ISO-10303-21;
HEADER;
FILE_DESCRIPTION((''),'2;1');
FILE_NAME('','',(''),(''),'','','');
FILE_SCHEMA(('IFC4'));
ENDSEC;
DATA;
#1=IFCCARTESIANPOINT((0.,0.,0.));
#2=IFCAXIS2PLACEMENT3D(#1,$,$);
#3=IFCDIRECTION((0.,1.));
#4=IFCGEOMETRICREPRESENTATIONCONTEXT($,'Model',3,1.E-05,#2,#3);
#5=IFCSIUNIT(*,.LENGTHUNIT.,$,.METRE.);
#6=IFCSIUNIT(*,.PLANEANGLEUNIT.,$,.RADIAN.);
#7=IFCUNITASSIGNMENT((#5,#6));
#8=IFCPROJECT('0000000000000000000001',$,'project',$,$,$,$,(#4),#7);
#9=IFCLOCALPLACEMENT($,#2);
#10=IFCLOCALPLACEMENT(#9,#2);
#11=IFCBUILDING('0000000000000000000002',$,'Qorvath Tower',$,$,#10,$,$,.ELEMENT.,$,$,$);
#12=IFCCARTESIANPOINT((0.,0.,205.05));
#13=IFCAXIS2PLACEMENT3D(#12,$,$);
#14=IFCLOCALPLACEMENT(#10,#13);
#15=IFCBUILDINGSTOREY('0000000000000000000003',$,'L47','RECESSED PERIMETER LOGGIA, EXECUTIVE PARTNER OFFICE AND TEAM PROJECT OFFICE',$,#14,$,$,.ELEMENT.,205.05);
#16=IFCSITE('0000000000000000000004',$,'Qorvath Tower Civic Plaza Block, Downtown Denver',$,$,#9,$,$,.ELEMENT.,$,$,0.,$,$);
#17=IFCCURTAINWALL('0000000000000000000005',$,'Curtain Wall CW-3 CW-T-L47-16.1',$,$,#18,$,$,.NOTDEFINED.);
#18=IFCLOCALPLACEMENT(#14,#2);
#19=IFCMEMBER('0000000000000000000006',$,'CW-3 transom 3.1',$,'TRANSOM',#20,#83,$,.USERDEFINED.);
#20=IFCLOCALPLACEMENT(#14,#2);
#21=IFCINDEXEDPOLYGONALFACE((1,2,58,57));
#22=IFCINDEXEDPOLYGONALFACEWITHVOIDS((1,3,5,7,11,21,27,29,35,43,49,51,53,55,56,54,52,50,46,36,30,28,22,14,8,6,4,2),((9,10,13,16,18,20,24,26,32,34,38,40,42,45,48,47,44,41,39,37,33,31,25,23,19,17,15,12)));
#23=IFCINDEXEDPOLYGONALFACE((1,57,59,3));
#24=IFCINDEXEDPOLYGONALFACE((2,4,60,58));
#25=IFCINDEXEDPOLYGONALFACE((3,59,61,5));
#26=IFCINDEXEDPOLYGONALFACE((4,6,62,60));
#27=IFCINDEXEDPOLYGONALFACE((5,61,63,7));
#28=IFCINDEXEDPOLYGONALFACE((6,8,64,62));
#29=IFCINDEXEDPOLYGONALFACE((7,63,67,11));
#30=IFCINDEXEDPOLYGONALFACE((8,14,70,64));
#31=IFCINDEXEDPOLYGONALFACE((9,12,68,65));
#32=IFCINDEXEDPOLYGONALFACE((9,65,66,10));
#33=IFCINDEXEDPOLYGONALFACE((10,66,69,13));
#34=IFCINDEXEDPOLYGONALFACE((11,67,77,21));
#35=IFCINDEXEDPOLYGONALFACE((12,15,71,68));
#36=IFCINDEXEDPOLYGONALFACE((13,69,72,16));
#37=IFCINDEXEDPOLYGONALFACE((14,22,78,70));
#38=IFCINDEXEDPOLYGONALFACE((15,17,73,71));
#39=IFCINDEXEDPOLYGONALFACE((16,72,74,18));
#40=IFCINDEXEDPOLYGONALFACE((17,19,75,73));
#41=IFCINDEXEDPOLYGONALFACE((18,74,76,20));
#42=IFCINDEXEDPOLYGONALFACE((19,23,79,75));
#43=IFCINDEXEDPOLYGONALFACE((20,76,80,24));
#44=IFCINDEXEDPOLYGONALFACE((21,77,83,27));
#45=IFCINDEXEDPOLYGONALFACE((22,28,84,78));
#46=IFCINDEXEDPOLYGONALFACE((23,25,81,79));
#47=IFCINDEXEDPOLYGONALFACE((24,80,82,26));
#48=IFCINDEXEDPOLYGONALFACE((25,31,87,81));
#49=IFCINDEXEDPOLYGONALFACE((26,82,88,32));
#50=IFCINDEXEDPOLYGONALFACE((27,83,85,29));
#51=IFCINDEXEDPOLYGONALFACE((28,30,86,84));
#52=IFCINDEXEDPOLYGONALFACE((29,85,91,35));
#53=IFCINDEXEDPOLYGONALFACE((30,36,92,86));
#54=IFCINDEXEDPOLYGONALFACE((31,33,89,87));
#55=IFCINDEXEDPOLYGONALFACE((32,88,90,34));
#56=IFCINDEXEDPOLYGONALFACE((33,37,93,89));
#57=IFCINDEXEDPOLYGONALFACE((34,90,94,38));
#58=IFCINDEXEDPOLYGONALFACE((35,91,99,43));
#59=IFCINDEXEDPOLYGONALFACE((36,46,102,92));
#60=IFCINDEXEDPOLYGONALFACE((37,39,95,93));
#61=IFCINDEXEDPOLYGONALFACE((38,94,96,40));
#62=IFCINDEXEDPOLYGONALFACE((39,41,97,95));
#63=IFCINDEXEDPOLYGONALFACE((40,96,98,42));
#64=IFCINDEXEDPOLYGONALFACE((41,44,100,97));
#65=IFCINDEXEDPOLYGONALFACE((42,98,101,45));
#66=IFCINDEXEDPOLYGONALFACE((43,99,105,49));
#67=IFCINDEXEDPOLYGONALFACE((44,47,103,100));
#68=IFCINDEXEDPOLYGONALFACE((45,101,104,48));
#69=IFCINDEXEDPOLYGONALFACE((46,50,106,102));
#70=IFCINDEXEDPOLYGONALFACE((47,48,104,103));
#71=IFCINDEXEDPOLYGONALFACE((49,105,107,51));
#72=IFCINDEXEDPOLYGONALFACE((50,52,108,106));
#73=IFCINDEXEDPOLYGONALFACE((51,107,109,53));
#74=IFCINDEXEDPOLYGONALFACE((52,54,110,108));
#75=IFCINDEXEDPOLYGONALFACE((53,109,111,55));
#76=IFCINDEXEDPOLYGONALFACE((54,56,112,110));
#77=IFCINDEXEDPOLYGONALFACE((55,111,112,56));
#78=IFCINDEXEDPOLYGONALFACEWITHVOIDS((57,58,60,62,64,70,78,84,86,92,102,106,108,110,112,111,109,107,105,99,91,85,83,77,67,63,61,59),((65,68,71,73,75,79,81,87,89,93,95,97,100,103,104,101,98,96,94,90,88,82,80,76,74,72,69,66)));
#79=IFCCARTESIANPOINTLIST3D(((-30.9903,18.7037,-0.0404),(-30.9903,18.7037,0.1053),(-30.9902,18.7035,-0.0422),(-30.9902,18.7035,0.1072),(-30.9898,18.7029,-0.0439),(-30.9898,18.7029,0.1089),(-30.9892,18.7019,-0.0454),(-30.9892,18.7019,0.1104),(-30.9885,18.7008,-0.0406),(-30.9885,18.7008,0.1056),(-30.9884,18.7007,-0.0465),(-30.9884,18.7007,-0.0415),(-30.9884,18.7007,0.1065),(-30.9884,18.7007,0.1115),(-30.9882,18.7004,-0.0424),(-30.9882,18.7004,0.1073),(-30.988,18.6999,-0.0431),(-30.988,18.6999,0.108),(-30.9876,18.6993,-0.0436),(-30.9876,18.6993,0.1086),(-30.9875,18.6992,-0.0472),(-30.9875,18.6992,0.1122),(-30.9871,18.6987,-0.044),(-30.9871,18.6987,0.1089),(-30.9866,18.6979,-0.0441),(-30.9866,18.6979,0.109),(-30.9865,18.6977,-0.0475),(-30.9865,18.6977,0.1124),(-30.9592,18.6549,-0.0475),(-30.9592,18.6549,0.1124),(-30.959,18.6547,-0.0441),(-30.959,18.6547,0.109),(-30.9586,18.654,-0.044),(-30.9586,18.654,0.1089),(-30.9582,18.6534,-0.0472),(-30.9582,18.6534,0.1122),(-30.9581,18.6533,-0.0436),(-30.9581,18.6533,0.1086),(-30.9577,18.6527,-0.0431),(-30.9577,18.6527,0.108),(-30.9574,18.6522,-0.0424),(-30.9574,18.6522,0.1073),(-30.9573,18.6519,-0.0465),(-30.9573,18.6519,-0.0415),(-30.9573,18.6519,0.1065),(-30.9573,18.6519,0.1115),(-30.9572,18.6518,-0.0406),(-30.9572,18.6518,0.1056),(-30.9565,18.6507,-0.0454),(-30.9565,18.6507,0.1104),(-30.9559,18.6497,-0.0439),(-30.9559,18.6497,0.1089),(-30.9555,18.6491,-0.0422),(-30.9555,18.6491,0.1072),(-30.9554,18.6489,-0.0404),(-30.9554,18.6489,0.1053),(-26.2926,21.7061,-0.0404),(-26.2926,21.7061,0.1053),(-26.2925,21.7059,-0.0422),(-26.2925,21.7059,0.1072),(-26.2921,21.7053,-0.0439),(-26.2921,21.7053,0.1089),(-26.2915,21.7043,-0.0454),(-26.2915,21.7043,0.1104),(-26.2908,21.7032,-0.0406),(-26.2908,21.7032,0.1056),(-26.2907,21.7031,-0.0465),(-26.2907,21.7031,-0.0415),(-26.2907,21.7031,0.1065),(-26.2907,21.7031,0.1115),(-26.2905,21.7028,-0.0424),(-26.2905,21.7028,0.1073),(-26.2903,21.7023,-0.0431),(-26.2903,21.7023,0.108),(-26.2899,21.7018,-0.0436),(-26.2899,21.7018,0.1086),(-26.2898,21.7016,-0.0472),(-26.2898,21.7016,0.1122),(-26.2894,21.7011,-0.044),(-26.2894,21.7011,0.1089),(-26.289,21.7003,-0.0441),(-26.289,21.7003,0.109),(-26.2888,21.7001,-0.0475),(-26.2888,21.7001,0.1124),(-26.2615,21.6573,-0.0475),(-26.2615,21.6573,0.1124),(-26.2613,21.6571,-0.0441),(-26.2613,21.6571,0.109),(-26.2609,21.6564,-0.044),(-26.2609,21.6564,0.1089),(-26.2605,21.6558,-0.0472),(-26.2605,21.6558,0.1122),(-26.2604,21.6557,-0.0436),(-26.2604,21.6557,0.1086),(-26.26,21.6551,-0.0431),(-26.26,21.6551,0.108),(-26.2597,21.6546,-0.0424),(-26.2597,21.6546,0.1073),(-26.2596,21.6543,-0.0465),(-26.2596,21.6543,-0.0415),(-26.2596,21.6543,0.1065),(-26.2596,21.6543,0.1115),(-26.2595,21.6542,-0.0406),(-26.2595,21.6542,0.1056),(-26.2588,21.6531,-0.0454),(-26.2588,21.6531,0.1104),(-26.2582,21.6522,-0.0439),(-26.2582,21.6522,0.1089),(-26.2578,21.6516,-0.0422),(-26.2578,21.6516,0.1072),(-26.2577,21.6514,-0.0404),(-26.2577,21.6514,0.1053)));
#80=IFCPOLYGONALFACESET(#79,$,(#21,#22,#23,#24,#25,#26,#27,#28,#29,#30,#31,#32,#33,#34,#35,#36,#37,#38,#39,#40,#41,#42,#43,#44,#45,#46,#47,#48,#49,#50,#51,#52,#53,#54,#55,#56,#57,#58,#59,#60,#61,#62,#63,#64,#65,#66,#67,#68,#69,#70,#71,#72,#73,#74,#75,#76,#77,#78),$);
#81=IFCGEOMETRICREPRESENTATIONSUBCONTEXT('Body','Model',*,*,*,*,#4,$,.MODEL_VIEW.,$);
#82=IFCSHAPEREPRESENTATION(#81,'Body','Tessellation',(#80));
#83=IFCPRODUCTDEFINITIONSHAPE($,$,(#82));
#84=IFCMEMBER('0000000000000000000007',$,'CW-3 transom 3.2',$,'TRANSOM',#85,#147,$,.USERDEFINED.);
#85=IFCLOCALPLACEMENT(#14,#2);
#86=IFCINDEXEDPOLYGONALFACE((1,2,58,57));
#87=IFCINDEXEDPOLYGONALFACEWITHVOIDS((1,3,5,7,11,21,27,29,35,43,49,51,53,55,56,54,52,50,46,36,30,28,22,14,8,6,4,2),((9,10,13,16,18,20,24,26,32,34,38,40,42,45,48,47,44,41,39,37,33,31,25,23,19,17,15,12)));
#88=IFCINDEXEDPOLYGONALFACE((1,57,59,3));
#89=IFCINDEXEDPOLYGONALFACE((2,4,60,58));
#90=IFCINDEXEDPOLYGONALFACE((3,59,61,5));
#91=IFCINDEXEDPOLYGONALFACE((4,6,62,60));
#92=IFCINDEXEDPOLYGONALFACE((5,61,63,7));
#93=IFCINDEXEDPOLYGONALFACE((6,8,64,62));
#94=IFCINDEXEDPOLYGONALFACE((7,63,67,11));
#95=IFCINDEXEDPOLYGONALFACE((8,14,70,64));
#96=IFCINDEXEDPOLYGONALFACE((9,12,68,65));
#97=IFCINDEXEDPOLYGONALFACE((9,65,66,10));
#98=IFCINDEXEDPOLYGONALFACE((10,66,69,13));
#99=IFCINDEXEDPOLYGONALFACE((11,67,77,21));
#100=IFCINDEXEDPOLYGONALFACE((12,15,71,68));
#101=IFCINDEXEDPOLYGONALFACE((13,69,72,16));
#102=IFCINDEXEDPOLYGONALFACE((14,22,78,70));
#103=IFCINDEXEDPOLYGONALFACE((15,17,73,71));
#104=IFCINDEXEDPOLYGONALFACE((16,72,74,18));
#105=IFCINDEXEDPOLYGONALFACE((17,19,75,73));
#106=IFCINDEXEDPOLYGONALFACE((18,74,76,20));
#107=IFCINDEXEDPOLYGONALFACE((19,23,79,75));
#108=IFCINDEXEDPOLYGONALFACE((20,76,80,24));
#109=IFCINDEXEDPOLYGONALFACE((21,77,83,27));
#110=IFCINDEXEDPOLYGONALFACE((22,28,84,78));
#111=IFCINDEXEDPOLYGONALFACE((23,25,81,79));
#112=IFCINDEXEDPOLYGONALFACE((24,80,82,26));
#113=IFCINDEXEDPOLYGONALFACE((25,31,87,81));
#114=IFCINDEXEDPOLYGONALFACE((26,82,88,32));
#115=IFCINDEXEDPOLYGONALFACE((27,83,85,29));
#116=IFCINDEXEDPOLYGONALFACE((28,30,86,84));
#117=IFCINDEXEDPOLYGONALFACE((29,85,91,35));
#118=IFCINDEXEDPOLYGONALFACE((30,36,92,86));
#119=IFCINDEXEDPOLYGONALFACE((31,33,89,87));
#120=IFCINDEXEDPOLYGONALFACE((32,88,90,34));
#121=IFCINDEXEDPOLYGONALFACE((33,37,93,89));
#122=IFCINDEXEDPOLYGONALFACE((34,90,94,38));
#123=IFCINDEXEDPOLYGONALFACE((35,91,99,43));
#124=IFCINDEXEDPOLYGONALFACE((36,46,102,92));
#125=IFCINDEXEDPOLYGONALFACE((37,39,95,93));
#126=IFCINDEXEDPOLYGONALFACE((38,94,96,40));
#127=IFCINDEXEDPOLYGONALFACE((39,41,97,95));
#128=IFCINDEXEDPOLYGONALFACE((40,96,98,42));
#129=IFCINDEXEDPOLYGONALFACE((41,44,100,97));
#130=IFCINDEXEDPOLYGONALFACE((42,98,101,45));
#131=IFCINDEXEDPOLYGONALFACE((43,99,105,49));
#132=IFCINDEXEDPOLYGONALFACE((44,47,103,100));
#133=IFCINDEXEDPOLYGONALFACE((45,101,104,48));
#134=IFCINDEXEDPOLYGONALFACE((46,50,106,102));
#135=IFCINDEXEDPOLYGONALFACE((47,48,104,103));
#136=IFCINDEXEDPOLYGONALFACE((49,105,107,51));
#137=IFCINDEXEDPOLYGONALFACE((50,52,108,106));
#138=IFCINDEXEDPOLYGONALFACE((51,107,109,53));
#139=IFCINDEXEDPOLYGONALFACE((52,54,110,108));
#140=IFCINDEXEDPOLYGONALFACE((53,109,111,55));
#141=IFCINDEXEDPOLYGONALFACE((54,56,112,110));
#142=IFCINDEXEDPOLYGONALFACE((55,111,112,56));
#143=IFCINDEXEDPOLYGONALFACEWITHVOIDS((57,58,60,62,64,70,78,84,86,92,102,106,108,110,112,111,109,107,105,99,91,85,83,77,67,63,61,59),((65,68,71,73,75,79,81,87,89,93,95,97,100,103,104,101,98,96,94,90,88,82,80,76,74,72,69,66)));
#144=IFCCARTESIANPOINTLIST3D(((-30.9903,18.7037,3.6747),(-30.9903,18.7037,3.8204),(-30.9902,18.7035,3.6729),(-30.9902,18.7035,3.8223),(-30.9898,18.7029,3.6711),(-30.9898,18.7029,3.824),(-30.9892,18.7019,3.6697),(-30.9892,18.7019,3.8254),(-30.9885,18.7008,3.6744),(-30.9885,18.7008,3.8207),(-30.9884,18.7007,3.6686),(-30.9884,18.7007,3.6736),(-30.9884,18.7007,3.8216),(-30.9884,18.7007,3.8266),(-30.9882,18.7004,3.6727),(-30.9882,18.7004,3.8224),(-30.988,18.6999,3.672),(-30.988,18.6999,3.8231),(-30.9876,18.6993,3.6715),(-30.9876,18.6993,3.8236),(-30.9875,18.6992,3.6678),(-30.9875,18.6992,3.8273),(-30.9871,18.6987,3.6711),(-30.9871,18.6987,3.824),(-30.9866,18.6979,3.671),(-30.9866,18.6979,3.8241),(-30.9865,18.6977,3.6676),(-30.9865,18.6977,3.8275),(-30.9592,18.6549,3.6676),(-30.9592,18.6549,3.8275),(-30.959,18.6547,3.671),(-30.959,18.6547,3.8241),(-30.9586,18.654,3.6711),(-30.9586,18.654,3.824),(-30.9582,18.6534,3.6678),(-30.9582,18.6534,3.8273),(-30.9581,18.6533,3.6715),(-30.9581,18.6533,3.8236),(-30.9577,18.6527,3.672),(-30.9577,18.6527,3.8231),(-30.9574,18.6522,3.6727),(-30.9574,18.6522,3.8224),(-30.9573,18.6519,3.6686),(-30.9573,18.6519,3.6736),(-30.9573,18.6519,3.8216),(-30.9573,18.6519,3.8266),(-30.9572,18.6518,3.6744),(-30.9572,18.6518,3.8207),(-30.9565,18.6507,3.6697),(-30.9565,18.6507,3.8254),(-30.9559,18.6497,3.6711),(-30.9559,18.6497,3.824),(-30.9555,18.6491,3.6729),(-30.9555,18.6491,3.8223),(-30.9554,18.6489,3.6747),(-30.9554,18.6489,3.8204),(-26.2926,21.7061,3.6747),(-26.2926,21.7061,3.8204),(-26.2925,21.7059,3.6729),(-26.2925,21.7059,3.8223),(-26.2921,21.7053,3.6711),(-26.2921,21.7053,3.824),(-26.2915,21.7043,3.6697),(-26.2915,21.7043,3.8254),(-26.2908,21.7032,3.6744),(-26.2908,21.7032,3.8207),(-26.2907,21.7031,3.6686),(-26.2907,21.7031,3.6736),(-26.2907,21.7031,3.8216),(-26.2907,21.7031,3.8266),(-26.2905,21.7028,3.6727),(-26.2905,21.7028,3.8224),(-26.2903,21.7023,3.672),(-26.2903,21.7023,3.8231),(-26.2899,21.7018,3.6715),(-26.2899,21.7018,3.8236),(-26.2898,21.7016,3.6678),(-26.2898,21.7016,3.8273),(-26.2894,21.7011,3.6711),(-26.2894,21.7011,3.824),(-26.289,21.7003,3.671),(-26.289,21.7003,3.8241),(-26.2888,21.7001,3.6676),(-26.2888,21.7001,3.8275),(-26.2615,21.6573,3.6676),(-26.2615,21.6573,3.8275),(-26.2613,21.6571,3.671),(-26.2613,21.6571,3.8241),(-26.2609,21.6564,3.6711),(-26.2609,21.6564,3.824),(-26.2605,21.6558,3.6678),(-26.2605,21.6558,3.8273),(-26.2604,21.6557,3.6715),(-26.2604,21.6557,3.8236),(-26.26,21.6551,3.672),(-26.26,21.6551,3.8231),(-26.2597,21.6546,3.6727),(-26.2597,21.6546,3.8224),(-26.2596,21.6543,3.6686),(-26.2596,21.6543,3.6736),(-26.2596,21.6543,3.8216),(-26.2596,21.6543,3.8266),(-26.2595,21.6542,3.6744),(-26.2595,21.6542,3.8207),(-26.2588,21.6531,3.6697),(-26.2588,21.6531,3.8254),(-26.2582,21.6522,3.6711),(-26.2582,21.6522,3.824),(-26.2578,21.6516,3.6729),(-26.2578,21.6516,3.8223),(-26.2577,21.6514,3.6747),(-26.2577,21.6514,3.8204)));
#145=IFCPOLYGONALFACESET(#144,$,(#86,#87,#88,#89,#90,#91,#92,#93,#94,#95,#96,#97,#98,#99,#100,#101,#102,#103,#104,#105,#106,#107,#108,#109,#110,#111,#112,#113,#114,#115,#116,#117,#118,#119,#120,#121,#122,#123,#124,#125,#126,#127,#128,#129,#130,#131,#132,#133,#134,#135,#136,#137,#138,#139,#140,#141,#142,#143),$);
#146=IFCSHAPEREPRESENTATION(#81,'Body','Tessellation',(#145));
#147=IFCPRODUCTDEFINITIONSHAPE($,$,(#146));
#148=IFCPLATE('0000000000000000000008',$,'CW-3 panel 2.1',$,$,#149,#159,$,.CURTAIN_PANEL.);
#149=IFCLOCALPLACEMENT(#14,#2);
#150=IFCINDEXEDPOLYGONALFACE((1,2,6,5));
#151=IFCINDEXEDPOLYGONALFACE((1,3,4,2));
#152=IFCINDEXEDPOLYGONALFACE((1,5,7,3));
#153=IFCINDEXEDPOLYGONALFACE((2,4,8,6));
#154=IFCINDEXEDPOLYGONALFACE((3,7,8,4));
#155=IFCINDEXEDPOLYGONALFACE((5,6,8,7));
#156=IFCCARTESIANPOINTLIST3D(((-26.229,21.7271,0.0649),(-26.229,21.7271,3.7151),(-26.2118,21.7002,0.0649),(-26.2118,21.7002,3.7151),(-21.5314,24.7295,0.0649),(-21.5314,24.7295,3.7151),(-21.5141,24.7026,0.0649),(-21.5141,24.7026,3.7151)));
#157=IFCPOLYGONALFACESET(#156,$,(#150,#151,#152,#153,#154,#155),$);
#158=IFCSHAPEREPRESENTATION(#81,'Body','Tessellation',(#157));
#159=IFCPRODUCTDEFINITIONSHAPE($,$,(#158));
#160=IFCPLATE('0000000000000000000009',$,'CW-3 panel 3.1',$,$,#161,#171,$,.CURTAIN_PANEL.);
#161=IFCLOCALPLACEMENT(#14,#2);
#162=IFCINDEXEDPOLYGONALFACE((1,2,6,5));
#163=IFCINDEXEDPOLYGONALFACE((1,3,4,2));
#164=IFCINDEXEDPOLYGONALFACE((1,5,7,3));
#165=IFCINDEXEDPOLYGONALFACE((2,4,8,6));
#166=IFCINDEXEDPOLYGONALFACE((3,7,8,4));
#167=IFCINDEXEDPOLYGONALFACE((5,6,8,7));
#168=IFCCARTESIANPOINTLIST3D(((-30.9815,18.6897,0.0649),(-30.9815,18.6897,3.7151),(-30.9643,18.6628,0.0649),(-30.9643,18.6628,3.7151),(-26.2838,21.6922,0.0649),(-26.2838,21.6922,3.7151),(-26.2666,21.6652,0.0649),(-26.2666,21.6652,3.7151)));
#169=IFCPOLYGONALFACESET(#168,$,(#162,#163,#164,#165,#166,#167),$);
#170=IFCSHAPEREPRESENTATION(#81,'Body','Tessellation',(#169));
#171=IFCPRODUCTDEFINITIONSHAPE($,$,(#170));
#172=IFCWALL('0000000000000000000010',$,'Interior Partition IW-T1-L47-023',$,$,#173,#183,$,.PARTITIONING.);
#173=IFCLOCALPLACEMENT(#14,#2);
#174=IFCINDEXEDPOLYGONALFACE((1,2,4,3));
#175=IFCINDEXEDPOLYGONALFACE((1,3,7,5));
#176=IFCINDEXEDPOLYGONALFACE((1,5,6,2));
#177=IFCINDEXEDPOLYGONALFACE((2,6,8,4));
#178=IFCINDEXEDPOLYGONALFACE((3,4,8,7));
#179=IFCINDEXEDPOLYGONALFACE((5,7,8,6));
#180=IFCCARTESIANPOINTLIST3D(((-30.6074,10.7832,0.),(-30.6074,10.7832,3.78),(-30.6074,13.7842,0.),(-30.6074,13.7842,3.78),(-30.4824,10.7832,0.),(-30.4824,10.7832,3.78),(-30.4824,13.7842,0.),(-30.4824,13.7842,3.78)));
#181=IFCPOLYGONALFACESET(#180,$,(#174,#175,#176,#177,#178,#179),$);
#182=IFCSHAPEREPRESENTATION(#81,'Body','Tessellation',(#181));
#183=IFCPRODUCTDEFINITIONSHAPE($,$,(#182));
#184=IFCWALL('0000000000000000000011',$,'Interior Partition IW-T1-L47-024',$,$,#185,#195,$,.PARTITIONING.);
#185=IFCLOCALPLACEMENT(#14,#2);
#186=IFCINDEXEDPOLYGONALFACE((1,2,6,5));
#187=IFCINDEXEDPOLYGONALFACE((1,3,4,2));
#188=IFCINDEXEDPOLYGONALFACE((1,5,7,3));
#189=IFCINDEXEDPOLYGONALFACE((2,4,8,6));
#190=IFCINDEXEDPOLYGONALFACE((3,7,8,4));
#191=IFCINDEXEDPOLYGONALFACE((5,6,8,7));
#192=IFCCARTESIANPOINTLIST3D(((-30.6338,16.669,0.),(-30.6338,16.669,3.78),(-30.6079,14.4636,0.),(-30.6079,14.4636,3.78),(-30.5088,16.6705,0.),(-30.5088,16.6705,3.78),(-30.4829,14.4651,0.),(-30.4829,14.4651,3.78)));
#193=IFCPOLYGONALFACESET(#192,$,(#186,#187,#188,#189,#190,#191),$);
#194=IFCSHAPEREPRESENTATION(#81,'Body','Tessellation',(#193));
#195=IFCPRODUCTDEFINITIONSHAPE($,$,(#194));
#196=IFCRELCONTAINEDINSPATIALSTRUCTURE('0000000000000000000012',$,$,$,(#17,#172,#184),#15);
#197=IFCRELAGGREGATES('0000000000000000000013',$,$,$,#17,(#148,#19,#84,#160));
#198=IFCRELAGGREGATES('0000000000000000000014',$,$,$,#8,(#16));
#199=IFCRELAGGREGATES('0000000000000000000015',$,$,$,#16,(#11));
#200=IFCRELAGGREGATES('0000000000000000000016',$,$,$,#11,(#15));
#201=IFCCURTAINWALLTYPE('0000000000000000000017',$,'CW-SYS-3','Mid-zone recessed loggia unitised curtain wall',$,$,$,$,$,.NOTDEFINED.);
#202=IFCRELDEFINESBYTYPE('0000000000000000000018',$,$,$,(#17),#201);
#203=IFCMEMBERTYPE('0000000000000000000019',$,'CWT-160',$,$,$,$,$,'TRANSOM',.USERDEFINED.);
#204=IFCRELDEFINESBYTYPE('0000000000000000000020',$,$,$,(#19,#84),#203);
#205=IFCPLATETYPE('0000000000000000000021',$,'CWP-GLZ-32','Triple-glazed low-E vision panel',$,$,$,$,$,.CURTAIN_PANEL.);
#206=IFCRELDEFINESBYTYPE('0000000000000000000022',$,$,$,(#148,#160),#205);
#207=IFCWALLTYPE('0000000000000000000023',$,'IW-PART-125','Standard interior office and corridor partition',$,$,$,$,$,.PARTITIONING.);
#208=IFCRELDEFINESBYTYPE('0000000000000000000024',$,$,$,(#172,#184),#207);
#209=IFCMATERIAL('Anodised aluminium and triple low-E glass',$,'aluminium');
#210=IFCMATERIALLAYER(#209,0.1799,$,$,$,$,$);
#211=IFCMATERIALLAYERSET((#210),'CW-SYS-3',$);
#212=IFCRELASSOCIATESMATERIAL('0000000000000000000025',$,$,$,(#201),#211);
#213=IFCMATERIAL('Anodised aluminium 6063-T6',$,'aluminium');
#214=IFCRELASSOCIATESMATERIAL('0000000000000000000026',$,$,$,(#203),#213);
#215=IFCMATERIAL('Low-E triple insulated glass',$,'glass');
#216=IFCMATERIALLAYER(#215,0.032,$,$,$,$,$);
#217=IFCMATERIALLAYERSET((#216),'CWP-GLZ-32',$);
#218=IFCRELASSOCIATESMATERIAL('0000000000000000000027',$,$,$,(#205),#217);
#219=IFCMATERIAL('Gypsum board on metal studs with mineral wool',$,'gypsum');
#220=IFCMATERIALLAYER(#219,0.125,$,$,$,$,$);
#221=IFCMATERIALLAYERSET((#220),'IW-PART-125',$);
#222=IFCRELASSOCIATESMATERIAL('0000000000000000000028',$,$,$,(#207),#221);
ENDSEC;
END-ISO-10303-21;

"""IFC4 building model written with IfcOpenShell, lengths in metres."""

from ifc_helpers import new_model, si_unit, direction, frame, frame_2d, origin, origin_2d, place, context, subcontext, project, spatial, rectangle, hollow_rectangle, extrude, material, layer, layer_set, material_profile, profile_set, type_object, element, aggregate, save


model = new_model("IFC4")

# Units and contexts
model_context = context("Model", 3, precision=1e-05, world=origin(), true_north=direction((0.0, 1.0)))
body_context = subcontext(model_context, "Body", "Model", "MODEL_VIEW")
ifc_project = project(units=[si_unit("LENGTHUNIT", "METRE"), si_unit("PLANEANGLEUNIT", "RADIAN")], contexts=[model_context])

# Site, building, storey
site_placement = place(None, origin())
site = spatial("IfcSite", under=ifc_project, at=site_placement, Name="Qorvath Tower Civic Plaza Block, Downtown Denver", CompositionType="ELEMENT", RefElevation=0.0)
building_placement = place(site_placement, origin())
building = spatial("IfcBuilding", under=site, at=building_placement, Name="Qorvath Tower", CompositionType="ELEMENT")
storey_placement = place(building_placement, frame((0.0, 0.0, 205.05)))
storey = spatial("IfcBuildingStorey", under=building, at=storey_placement, Name="L47", Description="RECESSED PERIMETER LOGGIA, EXECUTIVE PARTNER OFFICE AND TEAM PROJECT OFFICE", CompositionType="ELEMENT", Elevation=205.05)

# Curtain wall, members, plates
ifc_material_1 = material(Name="Anodised aluminium and triple low-E glass", Category="aluminium")
ifc_layer_1 = layer(ifc_material_1, 0.1799)
ifc_layer_set_1 = layer_set([ifc_layer_1], Name="CW-SYS-3")
curtain_wall_type = type_object("IfcCurtainWallType", Name="CW-SYS-3", Description="Mid-zone recessed loggia unitised curtain wall", PredefinedType="NOTDEFINED", material=ifc_layer_set_1)
curtain_wall_placement = place(storey_placement, origin())
curtain_wall = element("IfcCurtainWall", 1, at=curtain_wall_placement, inside=storey, type_object=curtain_wall_type, Name="Curtain Wall CW-3 CW-T-L47-16.1", PredefinedType="NOTDEFINED")
ifc_material_2 = material(Name="Anodised aluminium 6063-T6", Category="aluminium")
ifc_material_profile_1 = material_profile(ifc_material_2, hollow_rectangle(XDim=0.0649, YDim=0.1599, WallThickness=0.0034, InnerFilletRadius=0.0034, OuterFilletRadius=0.0071, at=origin_2d()), Name="CWT 160x65")
ifc_profile_set_1 = profile_set([ifc_material_profile_1], Name="Anodised aluminium 6063-T6")
member_type_1 = type_object("IfcMemberType", Name="CWT-160", ElementType="TRANSOM", PredefinedType="USERDEFINED", material=ifc_profile_set_1)
member_1_placement = place(storey_placement, frame((-26.2751, 21.6787, 0.0325), z_axis=(-0.842607, -0.538529, 0.0), x_axis=(0.538529, -0.842607, 0.0)))
member_1 = element("IfcMember", 2, at=member_1_placement, type_object=member_type_1, Name="CW-3 transom 3.1", ObjectType="TRANSOM", PredefinedType="USERDEFINED", context=body_context, shape_type="SweptSolid", body=[
    extrude(hollow_rectangle(XDim=0.0649, YDim=0.1599, WallThickness=0.0034, InnerFilletRadius=0.0034, OuterFilletRadius=0.0071, at=origin_2d()), origin(), (0.0, 0.0, 1.0), 5.5752),
])
member_2_placement = place(storey_placement, frame((-26.2751, 21.6787, 3.7476), z_axis=(-0.842607, -0.538529, 0.0), x_axis=(0.538529, -0.842607, 0.0)))
member_2 = element("IfcMember", 3, at=member_2_placement, type_object=member_type_1, Name="CW-3 transom 3.2", ObjectType="TRANSOM", PredefinedType="USERDEFINED", context=body_context, shape_type="SweptSolid", body=[
    extrude(hollow_rectangle(XDim=0.0649, YDim=0.1599, WallThickness=0.0034, InnerFilletRadius=0.0034, OuterFilletRadius=0.0071, at=origin_2d()), origin(), (0.0, 0.0, 1.0), 5.5752),
])
ifc_material_3 = material(Name="Low-E triple insulated glass", Category="glass")
ifc_layer_2 = layer(ifc_material_3, 0.032)
ifc_layer_set_2 = layer_set([ifc_layer_2], Name="CWP-GLZ-32")
plate_type = type_object("IfcPlateType", Name="CWP-GLZ-32", Description="Triple-glazed low-E vision panel", PredefinedType="CURTAIN_PANEL", material=ifc_layer_set_2)
plate_1_placement = place(storey_placement, frame((-23.8716, 23.2148, 0.0649), z_axis=(0.0, 0.0, 1.0), x_axis=(-0.842604, -0.538534, 0.0)))
plate_1 = element("IfcPlate", 4, at=plate_1_placement, type_object=plate_type, Name="CW-3 panel 2.1", PredefinedType="CURTAIN_PANEL", context=body_context, shape_type="SweptSolid", body=[
    extrude(rectangle(XDim=5.5752, YDim=0.032, at=origin_2d()), origin(), (0.0, 0.0, 1.0), 3.6501),
])
plate_2_placement = place(storey_placement, frame((-28.624, 20.1775, 0.0649), z_axis=(0.0, 0.0, 1.0), x_axis=(-0.842604, -0.538534, 0.0)))
plate_2 = element("IfcPlate", 5, at=plate_2_placement, type_object=plate_type, Name="CW-3 panel 3.1", PredefinedType="CURTAIN_PANEL", context=body_context, shape_type="SweptSolid", body=[
    extrude(rectangle(XDim=5.5752, YDim=0.032, at=origin_2d()), origin(), (0.0, 0.0, 1.0), 3.6501),
])
aggregate(curtain_wall, [plate_1, member_1, member_2, plate_2])

# Walls
ifc_material_4 = material(Name="Gypsum board on metal studs with mineral wool", Category="gypsum")
ifc_layer_3 = layer(ifc_material_4, 0.125)
ifc_layer_set_3 = layer_set([ifc_layer_3], Name="IW-PART-125")
wall_type = type_object("IfcWallType", Name="IW-PART-125", Description="Standard interior office and corridor partition", PredefinedType="PARTITIONING", material=ifc_layer_set_3)
wall_1_placement = place(storey_placement, frame((-30.5449, 10.7832, 0.0), z_axis=(0.0, 0.0, 1.0), x_axis=(0.0, 1.0, 0.0)))
element("IfcWall", 6, at=wall_1_placement, inside=storey, type_object=wall_type, Name="Interior Partition IW-T1-L47-023", PredefinedType="PARTITIONING", context=body_context, shape_type="SweptSolid", body=[
    extrude(rectangle(XDim=3.001, YDim=0.125, at=frame_2d((1.5005, 0.0))), origin(), (0.0, 0.0, 1.0), 3.78),
])
wall_2_placement = place(storey_placement, frame((-30.5454, 14.4644, 0.0), z_axis=(0.0, 0.0, 1.0), x_axis=(-0.011734, 0.999931, 0.0)))
element("IfcWall", 7, at=wall_2_placement, inside=storey, type_object=wall_type, Name="Interior Partition IW-T1-L47-024", PredefinedType="PARTITIONING", context=body_context, shape_type="SweptSolid", body=[
    extrude(rectangle(XDim=2.2056, YDim=0.125, at=frame_2d((1.1028, 0.0))), origin(), (0.0, 0.0, 1.0), 3.78),
])

save(model, "model.ifc")
